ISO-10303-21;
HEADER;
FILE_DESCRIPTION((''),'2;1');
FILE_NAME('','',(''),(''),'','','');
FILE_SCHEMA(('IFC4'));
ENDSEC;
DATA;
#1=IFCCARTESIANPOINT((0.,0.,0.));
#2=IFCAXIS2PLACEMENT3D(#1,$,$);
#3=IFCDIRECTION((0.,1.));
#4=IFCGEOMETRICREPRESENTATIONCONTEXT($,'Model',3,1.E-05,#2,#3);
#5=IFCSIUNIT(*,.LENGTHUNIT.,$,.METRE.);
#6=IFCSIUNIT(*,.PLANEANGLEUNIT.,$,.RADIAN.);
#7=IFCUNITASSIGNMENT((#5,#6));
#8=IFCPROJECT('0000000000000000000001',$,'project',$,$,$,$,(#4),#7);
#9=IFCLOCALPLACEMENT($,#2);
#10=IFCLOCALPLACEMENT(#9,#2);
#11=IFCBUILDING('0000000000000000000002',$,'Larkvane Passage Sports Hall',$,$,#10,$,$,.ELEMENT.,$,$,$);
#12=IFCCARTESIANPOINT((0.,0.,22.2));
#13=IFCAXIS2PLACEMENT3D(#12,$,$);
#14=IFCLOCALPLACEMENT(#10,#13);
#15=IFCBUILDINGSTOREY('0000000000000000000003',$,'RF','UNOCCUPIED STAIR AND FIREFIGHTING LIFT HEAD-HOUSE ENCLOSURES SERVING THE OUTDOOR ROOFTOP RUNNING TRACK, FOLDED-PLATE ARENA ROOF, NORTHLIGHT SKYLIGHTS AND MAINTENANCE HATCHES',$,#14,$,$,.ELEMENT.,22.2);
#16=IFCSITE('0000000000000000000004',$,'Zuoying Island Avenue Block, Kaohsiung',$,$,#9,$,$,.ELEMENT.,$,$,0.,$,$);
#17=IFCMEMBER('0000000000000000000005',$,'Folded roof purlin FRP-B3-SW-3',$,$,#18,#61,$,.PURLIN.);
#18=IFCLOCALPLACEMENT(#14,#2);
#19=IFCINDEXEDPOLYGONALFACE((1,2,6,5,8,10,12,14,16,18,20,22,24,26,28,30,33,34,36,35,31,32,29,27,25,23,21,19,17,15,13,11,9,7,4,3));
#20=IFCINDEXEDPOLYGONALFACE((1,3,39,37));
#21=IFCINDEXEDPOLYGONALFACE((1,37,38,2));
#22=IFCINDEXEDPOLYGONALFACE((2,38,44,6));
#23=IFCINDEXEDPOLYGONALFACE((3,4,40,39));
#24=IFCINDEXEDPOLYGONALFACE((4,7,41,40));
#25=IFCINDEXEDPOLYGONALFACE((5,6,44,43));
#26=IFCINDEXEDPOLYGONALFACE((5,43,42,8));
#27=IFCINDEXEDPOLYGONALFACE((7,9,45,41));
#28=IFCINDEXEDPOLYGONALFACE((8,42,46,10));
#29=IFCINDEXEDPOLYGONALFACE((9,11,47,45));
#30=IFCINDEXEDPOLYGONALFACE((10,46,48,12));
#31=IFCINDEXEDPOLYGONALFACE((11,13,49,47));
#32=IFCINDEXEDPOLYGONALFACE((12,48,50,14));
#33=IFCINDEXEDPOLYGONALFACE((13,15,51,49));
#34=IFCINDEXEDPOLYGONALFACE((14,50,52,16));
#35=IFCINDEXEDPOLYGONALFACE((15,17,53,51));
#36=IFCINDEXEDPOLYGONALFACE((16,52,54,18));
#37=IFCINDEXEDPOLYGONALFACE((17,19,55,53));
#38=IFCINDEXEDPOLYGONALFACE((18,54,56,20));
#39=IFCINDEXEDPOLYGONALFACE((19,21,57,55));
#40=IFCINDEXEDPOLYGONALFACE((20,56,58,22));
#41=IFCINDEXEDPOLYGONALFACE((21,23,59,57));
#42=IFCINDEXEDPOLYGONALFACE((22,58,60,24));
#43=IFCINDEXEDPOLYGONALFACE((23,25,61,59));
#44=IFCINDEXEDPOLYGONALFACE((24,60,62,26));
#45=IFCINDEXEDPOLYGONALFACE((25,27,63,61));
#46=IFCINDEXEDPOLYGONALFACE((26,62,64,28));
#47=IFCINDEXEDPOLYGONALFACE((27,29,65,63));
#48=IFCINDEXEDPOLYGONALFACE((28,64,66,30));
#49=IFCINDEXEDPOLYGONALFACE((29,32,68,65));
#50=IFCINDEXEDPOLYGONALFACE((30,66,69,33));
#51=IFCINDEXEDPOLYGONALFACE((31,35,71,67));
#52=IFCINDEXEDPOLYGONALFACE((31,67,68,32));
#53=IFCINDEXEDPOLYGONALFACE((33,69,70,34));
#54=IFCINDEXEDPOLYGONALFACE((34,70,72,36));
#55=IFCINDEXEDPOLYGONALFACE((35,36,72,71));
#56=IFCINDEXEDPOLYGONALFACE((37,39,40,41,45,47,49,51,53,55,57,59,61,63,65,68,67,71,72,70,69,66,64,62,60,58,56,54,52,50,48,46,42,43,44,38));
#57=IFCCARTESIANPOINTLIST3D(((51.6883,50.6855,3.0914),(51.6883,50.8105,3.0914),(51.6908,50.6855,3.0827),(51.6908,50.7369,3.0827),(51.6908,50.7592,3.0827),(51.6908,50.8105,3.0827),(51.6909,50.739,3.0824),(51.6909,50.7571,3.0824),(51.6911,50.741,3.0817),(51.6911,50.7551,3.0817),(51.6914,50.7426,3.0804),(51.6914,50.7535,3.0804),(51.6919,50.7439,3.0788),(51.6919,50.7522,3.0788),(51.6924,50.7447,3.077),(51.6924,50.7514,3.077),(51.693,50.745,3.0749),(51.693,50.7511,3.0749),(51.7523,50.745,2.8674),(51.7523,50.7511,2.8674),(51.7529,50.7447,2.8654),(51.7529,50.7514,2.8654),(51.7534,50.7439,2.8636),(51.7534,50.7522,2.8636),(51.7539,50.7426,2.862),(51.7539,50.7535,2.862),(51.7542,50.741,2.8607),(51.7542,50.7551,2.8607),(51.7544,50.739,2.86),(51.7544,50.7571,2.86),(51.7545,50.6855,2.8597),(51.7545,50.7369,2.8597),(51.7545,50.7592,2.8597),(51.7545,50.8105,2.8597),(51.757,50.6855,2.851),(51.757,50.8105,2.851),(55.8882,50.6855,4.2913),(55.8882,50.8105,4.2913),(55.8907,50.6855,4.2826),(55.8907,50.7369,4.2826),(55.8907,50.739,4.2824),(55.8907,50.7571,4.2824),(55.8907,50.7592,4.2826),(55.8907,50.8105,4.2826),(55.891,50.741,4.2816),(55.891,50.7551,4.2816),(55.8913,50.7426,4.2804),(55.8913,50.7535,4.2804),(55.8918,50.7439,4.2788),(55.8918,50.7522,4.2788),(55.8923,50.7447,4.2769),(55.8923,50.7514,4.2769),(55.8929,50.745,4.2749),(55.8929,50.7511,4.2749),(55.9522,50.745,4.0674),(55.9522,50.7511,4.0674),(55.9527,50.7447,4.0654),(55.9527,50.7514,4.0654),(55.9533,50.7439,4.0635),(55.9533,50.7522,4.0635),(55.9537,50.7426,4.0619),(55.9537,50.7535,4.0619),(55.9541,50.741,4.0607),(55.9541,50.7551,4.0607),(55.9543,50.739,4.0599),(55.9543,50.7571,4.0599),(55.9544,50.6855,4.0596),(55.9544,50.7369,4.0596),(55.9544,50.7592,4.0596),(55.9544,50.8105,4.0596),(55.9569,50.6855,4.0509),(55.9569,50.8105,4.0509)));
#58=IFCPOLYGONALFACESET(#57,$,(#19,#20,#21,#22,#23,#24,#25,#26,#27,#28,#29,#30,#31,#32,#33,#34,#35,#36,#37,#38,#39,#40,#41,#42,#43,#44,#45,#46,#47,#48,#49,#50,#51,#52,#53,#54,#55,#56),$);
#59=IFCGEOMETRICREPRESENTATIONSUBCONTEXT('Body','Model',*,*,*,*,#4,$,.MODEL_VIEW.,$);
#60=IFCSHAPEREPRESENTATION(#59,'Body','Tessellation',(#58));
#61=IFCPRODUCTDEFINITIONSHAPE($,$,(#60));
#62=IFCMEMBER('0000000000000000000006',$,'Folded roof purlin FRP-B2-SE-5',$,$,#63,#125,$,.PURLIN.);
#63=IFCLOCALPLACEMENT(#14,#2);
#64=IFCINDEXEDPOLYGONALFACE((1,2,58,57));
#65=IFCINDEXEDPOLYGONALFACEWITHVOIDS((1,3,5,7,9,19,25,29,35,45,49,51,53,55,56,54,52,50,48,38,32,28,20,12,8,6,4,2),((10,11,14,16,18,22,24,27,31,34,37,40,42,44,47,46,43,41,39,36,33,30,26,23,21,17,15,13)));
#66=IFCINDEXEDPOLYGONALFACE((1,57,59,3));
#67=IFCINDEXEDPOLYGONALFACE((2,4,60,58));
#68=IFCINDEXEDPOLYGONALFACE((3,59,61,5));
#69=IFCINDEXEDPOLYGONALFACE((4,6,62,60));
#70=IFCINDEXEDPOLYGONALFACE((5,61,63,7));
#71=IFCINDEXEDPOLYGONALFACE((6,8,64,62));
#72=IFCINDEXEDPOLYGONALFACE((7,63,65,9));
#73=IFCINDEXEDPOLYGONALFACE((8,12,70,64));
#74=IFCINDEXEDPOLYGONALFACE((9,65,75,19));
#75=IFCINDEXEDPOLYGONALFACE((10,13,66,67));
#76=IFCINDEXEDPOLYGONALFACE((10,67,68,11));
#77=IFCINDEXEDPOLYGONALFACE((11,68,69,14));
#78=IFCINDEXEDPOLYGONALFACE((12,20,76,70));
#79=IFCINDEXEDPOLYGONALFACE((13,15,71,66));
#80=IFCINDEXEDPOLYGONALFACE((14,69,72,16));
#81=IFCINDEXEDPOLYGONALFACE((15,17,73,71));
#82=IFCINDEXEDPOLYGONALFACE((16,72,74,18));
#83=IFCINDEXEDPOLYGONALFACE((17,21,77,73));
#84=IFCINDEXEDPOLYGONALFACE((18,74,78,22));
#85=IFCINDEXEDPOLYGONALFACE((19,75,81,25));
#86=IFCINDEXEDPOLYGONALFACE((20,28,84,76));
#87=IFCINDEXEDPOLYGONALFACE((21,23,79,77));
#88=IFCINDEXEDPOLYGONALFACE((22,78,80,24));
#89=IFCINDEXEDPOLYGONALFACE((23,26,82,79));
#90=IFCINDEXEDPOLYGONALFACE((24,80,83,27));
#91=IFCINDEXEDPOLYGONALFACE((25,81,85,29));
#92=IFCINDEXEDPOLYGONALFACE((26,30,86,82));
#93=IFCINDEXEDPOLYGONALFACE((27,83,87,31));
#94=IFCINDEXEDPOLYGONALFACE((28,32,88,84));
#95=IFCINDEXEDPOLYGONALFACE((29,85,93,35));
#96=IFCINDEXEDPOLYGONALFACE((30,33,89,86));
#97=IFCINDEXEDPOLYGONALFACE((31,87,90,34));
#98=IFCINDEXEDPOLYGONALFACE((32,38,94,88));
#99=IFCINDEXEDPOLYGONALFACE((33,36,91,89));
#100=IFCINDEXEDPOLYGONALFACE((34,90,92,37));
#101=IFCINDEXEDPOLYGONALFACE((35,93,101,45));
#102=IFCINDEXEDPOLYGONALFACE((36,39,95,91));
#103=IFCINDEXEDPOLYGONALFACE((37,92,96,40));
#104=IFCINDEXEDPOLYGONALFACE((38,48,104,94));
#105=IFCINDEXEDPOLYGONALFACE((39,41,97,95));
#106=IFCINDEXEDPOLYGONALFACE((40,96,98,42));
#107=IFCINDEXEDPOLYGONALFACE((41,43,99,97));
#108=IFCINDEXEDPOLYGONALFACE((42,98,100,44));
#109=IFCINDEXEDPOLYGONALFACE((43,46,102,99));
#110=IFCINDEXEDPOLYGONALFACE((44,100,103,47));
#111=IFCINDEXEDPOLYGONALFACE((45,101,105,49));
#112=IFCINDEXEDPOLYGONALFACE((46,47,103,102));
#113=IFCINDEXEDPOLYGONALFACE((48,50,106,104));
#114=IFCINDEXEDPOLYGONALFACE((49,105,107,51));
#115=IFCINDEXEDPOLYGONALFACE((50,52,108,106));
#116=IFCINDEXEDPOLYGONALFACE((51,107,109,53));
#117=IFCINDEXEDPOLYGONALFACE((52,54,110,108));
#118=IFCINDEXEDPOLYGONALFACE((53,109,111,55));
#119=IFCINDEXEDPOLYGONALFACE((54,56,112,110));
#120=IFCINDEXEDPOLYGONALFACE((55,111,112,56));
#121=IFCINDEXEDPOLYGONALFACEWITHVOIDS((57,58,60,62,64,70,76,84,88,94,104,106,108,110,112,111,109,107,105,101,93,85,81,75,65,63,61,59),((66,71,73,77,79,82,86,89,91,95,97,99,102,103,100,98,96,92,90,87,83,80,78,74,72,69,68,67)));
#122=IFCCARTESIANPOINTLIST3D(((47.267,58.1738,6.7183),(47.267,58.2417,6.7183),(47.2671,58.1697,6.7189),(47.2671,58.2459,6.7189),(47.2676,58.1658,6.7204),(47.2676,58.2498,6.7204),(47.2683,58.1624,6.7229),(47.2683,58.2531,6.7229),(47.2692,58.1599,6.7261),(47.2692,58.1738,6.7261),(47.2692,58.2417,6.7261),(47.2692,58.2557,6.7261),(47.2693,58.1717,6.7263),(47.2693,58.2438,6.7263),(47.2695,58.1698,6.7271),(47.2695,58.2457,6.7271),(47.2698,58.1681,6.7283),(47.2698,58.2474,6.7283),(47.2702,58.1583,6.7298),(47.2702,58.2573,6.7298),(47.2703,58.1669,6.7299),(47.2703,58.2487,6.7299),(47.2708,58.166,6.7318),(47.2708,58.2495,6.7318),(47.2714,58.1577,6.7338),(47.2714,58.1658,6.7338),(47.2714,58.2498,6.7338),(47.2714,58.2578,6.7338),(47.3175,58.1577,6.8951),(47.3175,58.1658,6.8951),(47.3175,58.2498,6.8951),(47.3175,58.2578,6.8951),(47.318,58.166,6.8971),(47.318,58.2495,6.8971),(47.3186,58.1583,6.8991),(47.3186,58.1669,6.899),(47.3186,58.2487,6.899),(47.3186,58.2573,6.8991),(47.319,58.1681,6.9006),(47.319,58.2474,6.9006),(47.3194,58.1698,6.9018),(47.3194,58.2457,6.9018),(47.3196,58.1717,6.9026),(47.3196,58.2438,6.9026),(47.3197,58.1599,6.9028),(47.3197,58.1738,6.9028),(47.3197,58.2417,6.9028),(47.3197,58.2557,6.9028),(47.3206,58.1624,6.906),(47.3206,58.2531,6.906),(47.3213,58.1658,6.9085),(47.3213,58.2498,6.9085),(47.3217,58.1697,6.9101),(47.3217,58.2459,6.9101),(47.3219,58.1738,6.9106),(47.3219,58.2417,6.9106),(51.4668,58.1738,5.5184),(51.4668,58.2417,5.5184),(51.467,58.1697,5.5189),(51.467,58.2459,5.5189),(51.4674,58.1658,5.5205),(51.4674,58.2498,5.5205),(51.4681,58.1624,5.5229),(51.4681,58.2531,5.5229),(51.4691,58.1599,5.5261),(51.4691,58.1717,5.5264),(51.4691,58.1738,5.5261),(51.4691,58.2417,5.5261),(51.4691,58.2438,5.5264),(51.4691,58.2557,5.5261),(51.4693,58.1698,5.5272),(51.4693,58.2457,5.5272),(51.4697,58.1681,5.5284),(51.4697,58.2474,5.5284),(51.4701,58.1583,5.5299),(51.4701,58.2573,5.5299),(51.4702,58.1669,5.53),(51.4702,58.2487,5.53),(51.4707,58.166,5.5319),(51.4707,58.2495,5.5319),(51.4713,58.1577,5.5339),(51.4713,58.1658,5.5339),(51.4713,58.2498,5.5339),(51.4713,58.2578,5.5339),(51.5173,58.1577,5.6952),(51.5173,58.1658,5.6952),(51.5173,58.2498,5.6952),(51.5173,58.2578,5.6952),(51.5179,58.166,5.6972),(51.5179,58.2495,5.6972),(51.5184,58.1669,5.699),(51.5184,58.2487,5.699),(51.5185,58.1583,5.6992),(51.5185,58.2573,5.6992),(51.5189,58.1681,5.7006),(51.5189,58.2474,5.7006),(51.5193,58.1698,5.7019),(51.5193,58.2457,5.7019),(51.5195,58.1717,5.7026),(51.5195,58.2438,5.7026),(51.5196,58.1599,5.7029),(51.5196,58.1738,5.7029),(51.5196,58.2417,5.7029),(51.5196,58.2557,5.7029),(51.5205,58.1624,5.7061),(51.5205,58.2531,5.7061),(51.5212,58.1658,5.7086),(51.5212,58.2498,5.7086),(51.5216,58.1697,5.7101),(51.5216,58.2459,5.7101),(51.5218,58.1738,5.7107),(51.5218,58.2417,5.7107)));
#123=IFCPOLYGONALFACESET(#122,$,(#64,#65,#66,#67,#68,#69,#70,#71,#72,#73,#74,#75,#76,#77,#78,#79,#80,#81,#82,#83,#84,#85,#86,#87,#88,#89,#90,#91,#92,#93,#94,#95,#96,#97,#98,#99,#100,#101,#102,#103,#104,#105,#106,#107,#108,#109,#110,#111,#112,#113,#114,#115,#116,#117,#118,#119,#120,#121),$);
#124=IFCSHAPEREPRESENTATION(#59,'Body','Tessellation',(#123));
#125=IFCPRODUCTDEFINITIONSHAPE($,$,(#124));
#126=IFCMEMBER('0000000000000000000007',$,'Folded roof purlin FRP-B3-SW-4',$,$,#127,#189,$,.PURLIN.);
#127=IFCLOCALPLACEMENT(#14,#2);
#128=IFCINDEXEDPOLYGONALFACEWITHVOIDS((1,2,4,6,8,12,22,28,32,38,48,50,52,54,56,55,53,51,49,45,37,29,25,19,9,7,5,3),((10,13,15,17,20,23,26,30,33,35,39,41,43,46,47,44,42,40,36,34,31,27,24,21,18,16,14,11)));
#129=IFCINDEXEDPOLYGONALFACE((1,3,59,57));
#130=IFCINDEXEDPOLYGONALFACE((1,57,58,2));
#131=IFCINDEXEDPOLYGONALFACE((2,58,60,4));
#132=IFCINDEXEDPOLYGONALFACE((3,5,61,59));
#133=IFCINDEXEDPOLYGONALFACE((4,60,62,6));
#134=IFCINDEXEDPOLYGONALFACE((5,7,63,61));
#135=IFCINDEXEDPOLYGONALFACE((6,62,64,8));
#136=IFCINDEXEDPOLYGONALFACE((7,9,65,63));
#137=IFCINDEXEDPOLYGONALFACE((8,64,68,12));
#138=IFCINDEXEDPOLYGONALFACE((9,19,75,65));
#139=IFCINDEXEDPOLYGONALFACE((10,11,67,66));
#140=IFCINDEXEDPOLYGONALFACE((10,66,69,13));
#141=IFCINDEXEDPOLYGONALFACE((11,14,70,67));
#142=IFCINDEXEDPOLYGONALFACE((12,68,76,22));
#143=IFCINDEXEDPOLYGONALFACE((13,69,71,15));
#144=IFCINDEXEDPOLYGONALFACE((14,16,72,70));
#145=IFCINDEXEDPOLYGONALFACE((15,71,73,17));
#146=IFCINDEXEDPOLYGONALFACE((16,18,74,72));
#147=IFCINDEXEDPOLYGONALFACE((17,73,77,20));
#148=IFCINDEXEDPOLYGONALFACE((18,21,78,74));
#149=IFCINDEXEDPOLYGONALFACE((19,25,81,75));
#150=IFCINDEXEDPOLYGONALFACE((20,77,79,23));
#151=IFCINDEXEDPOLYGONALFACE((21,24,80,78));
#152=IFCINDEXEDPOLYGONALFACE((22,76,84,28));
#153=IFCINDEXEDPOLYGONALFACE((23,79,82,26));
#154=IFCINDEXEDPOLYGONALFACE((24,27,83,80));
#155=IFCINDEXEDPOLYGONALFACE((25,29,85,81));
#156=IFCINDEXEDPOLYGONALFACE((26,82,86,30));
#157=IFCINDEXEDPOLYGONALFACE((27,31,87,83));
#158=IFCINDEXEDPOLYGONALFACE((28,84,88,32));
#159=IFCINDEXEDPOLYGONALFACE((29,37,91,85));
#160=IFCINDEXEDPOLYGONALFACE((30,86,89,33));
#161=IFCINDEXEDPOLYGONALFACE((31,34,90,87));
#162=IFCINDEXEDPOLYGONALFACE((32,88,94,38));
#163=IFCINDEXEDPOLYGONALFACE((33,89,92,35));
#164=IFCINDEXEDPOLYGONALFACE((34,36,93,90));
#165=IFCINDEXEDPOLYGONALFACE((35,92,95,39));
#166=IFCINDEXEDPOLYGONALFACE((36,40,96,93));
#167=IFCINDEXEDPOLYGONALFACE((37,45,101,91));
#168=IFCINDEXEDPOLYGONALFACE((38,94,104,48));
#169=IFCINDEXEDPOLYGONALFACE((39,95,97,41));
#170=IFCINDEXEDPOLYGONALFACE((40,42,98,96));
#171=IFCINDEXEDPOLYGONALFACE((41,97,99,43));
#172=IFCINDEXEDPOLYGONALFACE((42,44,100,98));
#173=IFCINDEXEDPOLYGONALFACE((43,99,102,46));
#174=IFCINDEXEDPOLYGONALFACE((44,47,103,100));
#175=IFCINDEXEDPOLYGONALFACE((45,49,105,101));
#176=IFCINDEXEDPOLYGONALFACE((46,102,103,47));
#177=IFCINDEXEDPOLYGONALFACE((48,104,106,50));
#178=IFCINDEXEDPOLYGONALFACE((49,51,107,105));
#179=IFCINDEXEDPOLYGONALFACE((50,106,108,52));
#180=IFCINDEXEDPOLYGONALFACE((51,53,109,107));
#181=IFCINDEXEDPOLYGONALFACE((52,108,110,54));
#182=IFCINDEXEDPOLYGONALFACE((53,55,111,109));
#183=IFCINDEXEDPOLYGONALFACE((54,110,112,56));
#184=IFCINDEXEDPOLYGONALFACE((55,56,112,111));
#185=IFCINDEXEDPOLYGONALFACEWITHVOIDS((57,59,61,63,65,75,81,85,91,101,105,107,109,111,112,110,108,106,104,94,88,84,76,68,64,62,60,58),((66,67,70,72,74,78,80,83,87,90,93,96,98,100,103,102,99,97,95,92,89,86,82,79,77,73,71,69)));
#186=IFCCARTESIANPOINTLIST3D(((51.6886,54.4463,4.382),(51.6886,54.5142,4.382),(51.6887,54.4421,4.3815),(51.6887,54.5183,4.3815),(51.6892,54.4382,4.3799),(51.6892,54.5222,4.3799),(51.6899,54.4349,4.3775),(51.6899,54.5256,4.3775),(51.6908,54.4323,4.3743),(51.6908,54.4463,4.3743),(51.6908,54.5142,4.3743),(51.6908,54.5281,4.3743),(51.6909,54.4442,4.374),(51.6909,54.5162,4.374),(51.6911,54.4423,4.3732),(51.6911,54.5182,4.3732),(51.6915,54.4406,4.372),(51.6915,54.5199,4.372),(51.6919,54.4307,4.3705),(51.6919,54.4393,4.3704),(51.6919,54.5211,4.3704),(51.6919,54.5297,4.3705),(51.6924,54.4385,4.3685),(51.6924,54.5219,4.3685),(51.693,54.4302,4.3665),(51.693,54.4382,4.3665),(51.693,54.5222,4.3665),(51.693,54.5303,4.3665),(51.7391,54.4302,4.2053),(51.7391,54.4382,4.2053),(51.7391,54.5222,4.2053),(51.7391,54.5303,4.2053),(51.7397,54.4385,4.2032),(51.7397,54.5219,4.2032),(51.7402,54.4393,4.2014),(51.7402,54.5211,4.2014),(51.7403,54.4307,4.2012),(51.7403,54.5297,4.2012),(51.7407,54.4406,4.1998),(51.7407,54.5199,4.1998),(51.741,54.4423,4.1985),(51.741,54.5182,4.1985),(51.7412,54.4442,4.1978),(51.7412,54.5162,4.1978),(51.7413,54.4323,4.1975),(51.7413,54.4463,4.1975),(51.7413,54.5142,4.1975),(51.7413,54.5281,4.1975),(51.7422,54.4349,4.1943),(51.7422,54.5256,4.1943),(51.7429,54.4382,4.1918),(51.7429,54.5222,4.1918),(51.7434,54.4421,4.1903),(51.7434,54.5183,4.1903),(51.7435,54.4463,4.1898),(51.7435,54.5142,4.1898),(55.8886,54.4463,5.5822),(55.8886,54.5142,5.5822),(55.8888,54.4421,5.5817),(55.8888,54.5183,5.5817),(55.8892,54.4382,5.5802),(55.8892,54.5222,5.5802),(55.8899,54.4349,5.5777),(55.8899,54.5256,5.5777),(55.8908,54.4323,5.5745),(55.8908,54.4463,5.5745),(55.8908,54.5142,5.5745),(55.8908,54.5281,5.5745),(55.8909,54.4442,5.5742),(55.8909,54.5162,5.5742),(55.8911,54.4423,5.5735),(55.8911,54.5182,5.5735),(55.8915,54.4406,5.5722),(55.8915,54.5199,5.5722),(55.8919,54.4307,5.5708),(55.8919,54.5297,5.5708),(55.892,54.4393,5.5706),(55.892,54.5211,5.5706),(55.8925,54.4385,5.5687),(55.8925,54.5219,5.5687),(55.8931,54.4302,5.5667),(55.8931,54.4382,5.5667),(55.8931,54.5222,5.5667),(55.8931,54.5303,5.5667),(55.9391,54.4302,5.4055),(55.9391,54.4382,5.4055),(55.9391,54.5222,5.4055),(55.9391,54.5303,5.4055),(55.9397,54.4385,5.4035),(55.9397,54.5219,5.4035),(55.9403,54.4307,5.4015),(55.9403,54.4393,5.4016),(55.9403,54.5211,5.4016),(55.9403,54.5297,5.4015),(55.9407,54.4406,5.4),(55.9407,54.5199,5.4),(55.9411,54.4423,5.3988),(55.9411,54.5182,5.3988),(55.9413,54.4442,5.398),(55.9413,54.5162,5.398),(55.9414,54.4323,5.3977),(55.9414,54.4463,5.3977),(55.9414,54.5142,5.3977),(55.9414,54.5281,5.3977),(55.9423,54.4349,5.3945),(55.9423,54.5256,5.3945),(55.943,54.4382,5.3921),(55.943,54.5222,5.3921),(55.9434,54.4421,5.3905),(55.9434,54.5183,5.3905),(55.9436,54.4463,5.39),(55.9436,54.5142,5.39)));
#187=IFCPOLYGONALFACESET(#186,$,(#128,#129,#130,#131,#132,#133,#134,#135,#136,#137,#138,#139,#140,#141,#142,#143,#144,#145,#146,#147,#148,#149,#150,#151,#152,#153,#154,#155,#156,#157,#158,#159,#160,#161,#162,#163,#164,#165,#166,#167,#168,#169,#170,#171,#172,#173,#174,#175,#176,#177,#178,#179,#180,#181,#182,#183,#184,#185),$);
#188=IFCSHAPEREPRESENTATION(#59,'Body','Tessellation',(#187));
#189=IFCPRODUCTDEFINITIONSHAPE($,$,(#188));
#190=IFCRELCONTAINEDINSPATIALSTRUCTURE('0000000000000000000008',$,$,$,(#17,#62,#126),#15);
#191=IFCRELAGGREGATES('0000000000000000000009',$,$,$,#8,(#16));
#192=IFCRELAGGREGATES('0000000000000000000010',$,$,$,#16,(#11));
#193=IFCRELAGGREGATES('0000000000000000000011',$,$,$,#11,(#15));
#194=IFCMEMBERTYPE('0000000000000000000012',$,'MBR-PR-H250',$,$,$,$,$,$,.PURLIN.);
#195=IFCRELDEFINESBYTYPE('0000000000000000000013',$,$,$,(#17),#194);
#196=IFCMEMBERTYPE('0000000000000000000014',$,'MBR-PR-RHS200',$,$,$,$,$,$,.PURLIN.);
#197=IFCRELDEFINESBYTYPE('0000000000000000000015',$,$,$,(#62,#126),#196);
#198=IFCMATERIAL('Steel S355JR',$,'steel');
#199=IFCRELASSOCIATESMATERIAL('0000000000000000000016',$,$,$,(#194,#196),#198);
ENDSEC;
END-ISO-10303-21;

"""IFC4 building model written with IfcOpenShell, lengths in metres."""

from ifc_helpers import new_model, si_unit, direction, frame, origin, origin_2d, place, context, subcontext, project, spatial, hollow_rectangle, i_section, extrude, material, material_profile, profile_set, type_object, element, save


model = new_model("IFC4")

# Units and contexts
model_context = context("Model", 3, precision=1e-05, world=origin(), true_north=direction((0.0, 1.0)))
body_context = subcontext(model_context, "Body", "Model", "MODEL_VIEW")
ifc_project = project(units=[si_unit("LENGTHUNIT", "METRE"), si_unit("PLANEANGLEUNIT", "RADIAN")], contexts=[model_context])

# Site, building, storey
site_placement = place(None, origin())
site = spatial("IfcSite", under=ifc_project, at=site_placement, Name="Zuoying Island Avenue Block, Kaohsiung", CompositionType="ELEMENT", RefElevation=0.0)
building_placement = place(site_placement, origin())
building = spatial("IfcBuilding", under=site, at=building_placement, Name="Larkvane Passage Sports Hall", CompositionType="ELEMENT")
storey_placement = place(building_placement, frame((0.0, 0.0, 22.2)))
storey = spatial("IfcBuildingStorey", under=building, at=storey_placement, Name="RF", Description="UNOCCUPIED STAIR AND FIREFIGHTING LIFT HEAD-HOUSE ENCLOSURES SERVING THE OUTDOOR ROOFTOP RUNNING TRACK, FOLDED-PLATE ARENA ROOF, NORTHLIGHT SKYLIGHTS AND MAINTENANCE HATCHES", CompositionType="ELEMENT", Elevation=22.2)

# Members
ifc_material_1 = material(Name="Steel S355JR", Category="steel")
ifc_material_profile_1 = material_profile(ifc_material_1, i_section(OverallWidth=0.125, OverallDepth=0.25, WebThickness=0.0061, FlangeThickness=0.009, FilletRadius=0.0081, at=origin_2d()), Name="H-250x125x6x9")
ifc_profile_set_1 = profile_set([ifc_material_profile_1], Name="Steel S355JR")
member_type_1 = type_object("IfcMemberType", Name="MBR-PR-H250", PredefinedType="PURLIN", material=ifc_profile_set_1)
member_1_placement = place(storey_placement, frame((51.7227, 50.748, 2.9712), z_axis=(0.961526, 0.0, 0.274714), x_axis=(0.0, 1.0, 0.0)))
element("IfcMember", 1, at=member_1_placement, inside=storey, type_object=member_type_1, Name="Folded roof purlin FRP-B3-SW-3", PredefinedType="PURLIN", context=body_context, shape_type="SweptSolid", body=[
    extrude(i_section(OverallWidth=0.125, OverallDepth=0.25, WebThickness=0.0061, FlangeThickness=0.009, FilletRadius=0.0081, at=origin_2d()), origin(), (0.0, 0.0, 1.0), 4.3679),
])
ifc_material_profile_2 = material_profile(ifc_material_1, hollow_rectangle(XDim=0.1001, YDim=0.2, WallThickness=0.0081, InnerFilletRadius=0.0081, OuterFilletRadius=0.0161, at=origin_2d()), Name="RHS-200x100x8")
ifc_profile_set_2 = profile_set([ifc_material_profile_2], Name="Steel S355JR")
member_type_2 = type_object("IfcMemberType", Name="MBR-PR-RHS200", PredefinedType="PURLIN", material=ifc_profile_set_2)
member_2_placement = place(storey_placement, frame((47.2944, 58.2078, 6.8145), z_axis=(0.961526, 0.0, -0.274714), x_axis=(0.0, 1.0, 0.0)))
element("IfcMember", 2, at=member_2_placement, inside=storey, type_object=member_type_2, Name="Folded roof purlin FRP-B2-SE-5", PredefinedType="PURLIN", context=body_context, shape_type="SweptSolid", body=[
    extrude(hollow_rectangle(XDim=0.1001, YDim=0.2, WallThickness=0.0081, InnerFilletRadius=0.0081, OuterFilletRadius=0.0161, at=origin_2d()), origin(), (0.0, 0.0, 1.0), 4.3679),
])
member_3_placement = place(storey_placement, frame((51.7161, 54.4802, 4.2859), z_axis=(0.961511, 0.0, 0.274765), x_axis=(0.0, 1.0, 0.0)))
element("IfcMember", 3, at=member_3_placement, inside=storey, type_object=member_type_2, Name="Folded roof purlin FRP-B3-SW-4", PredefinedType="PURLIN", context=body_context, shape_type="SweptSolid", body=[
    extrude(hollow_rectangle(XDim=0.1001, YDim=0.2, WallThickness=0.0081, InnerFilletRadius=0.0081, OuterFilletRadius=0.0161, at=origin_2d()), origin(), (0.0, 0.0, 1.0), 4.3682),
])

save(model, "model.ifc")
